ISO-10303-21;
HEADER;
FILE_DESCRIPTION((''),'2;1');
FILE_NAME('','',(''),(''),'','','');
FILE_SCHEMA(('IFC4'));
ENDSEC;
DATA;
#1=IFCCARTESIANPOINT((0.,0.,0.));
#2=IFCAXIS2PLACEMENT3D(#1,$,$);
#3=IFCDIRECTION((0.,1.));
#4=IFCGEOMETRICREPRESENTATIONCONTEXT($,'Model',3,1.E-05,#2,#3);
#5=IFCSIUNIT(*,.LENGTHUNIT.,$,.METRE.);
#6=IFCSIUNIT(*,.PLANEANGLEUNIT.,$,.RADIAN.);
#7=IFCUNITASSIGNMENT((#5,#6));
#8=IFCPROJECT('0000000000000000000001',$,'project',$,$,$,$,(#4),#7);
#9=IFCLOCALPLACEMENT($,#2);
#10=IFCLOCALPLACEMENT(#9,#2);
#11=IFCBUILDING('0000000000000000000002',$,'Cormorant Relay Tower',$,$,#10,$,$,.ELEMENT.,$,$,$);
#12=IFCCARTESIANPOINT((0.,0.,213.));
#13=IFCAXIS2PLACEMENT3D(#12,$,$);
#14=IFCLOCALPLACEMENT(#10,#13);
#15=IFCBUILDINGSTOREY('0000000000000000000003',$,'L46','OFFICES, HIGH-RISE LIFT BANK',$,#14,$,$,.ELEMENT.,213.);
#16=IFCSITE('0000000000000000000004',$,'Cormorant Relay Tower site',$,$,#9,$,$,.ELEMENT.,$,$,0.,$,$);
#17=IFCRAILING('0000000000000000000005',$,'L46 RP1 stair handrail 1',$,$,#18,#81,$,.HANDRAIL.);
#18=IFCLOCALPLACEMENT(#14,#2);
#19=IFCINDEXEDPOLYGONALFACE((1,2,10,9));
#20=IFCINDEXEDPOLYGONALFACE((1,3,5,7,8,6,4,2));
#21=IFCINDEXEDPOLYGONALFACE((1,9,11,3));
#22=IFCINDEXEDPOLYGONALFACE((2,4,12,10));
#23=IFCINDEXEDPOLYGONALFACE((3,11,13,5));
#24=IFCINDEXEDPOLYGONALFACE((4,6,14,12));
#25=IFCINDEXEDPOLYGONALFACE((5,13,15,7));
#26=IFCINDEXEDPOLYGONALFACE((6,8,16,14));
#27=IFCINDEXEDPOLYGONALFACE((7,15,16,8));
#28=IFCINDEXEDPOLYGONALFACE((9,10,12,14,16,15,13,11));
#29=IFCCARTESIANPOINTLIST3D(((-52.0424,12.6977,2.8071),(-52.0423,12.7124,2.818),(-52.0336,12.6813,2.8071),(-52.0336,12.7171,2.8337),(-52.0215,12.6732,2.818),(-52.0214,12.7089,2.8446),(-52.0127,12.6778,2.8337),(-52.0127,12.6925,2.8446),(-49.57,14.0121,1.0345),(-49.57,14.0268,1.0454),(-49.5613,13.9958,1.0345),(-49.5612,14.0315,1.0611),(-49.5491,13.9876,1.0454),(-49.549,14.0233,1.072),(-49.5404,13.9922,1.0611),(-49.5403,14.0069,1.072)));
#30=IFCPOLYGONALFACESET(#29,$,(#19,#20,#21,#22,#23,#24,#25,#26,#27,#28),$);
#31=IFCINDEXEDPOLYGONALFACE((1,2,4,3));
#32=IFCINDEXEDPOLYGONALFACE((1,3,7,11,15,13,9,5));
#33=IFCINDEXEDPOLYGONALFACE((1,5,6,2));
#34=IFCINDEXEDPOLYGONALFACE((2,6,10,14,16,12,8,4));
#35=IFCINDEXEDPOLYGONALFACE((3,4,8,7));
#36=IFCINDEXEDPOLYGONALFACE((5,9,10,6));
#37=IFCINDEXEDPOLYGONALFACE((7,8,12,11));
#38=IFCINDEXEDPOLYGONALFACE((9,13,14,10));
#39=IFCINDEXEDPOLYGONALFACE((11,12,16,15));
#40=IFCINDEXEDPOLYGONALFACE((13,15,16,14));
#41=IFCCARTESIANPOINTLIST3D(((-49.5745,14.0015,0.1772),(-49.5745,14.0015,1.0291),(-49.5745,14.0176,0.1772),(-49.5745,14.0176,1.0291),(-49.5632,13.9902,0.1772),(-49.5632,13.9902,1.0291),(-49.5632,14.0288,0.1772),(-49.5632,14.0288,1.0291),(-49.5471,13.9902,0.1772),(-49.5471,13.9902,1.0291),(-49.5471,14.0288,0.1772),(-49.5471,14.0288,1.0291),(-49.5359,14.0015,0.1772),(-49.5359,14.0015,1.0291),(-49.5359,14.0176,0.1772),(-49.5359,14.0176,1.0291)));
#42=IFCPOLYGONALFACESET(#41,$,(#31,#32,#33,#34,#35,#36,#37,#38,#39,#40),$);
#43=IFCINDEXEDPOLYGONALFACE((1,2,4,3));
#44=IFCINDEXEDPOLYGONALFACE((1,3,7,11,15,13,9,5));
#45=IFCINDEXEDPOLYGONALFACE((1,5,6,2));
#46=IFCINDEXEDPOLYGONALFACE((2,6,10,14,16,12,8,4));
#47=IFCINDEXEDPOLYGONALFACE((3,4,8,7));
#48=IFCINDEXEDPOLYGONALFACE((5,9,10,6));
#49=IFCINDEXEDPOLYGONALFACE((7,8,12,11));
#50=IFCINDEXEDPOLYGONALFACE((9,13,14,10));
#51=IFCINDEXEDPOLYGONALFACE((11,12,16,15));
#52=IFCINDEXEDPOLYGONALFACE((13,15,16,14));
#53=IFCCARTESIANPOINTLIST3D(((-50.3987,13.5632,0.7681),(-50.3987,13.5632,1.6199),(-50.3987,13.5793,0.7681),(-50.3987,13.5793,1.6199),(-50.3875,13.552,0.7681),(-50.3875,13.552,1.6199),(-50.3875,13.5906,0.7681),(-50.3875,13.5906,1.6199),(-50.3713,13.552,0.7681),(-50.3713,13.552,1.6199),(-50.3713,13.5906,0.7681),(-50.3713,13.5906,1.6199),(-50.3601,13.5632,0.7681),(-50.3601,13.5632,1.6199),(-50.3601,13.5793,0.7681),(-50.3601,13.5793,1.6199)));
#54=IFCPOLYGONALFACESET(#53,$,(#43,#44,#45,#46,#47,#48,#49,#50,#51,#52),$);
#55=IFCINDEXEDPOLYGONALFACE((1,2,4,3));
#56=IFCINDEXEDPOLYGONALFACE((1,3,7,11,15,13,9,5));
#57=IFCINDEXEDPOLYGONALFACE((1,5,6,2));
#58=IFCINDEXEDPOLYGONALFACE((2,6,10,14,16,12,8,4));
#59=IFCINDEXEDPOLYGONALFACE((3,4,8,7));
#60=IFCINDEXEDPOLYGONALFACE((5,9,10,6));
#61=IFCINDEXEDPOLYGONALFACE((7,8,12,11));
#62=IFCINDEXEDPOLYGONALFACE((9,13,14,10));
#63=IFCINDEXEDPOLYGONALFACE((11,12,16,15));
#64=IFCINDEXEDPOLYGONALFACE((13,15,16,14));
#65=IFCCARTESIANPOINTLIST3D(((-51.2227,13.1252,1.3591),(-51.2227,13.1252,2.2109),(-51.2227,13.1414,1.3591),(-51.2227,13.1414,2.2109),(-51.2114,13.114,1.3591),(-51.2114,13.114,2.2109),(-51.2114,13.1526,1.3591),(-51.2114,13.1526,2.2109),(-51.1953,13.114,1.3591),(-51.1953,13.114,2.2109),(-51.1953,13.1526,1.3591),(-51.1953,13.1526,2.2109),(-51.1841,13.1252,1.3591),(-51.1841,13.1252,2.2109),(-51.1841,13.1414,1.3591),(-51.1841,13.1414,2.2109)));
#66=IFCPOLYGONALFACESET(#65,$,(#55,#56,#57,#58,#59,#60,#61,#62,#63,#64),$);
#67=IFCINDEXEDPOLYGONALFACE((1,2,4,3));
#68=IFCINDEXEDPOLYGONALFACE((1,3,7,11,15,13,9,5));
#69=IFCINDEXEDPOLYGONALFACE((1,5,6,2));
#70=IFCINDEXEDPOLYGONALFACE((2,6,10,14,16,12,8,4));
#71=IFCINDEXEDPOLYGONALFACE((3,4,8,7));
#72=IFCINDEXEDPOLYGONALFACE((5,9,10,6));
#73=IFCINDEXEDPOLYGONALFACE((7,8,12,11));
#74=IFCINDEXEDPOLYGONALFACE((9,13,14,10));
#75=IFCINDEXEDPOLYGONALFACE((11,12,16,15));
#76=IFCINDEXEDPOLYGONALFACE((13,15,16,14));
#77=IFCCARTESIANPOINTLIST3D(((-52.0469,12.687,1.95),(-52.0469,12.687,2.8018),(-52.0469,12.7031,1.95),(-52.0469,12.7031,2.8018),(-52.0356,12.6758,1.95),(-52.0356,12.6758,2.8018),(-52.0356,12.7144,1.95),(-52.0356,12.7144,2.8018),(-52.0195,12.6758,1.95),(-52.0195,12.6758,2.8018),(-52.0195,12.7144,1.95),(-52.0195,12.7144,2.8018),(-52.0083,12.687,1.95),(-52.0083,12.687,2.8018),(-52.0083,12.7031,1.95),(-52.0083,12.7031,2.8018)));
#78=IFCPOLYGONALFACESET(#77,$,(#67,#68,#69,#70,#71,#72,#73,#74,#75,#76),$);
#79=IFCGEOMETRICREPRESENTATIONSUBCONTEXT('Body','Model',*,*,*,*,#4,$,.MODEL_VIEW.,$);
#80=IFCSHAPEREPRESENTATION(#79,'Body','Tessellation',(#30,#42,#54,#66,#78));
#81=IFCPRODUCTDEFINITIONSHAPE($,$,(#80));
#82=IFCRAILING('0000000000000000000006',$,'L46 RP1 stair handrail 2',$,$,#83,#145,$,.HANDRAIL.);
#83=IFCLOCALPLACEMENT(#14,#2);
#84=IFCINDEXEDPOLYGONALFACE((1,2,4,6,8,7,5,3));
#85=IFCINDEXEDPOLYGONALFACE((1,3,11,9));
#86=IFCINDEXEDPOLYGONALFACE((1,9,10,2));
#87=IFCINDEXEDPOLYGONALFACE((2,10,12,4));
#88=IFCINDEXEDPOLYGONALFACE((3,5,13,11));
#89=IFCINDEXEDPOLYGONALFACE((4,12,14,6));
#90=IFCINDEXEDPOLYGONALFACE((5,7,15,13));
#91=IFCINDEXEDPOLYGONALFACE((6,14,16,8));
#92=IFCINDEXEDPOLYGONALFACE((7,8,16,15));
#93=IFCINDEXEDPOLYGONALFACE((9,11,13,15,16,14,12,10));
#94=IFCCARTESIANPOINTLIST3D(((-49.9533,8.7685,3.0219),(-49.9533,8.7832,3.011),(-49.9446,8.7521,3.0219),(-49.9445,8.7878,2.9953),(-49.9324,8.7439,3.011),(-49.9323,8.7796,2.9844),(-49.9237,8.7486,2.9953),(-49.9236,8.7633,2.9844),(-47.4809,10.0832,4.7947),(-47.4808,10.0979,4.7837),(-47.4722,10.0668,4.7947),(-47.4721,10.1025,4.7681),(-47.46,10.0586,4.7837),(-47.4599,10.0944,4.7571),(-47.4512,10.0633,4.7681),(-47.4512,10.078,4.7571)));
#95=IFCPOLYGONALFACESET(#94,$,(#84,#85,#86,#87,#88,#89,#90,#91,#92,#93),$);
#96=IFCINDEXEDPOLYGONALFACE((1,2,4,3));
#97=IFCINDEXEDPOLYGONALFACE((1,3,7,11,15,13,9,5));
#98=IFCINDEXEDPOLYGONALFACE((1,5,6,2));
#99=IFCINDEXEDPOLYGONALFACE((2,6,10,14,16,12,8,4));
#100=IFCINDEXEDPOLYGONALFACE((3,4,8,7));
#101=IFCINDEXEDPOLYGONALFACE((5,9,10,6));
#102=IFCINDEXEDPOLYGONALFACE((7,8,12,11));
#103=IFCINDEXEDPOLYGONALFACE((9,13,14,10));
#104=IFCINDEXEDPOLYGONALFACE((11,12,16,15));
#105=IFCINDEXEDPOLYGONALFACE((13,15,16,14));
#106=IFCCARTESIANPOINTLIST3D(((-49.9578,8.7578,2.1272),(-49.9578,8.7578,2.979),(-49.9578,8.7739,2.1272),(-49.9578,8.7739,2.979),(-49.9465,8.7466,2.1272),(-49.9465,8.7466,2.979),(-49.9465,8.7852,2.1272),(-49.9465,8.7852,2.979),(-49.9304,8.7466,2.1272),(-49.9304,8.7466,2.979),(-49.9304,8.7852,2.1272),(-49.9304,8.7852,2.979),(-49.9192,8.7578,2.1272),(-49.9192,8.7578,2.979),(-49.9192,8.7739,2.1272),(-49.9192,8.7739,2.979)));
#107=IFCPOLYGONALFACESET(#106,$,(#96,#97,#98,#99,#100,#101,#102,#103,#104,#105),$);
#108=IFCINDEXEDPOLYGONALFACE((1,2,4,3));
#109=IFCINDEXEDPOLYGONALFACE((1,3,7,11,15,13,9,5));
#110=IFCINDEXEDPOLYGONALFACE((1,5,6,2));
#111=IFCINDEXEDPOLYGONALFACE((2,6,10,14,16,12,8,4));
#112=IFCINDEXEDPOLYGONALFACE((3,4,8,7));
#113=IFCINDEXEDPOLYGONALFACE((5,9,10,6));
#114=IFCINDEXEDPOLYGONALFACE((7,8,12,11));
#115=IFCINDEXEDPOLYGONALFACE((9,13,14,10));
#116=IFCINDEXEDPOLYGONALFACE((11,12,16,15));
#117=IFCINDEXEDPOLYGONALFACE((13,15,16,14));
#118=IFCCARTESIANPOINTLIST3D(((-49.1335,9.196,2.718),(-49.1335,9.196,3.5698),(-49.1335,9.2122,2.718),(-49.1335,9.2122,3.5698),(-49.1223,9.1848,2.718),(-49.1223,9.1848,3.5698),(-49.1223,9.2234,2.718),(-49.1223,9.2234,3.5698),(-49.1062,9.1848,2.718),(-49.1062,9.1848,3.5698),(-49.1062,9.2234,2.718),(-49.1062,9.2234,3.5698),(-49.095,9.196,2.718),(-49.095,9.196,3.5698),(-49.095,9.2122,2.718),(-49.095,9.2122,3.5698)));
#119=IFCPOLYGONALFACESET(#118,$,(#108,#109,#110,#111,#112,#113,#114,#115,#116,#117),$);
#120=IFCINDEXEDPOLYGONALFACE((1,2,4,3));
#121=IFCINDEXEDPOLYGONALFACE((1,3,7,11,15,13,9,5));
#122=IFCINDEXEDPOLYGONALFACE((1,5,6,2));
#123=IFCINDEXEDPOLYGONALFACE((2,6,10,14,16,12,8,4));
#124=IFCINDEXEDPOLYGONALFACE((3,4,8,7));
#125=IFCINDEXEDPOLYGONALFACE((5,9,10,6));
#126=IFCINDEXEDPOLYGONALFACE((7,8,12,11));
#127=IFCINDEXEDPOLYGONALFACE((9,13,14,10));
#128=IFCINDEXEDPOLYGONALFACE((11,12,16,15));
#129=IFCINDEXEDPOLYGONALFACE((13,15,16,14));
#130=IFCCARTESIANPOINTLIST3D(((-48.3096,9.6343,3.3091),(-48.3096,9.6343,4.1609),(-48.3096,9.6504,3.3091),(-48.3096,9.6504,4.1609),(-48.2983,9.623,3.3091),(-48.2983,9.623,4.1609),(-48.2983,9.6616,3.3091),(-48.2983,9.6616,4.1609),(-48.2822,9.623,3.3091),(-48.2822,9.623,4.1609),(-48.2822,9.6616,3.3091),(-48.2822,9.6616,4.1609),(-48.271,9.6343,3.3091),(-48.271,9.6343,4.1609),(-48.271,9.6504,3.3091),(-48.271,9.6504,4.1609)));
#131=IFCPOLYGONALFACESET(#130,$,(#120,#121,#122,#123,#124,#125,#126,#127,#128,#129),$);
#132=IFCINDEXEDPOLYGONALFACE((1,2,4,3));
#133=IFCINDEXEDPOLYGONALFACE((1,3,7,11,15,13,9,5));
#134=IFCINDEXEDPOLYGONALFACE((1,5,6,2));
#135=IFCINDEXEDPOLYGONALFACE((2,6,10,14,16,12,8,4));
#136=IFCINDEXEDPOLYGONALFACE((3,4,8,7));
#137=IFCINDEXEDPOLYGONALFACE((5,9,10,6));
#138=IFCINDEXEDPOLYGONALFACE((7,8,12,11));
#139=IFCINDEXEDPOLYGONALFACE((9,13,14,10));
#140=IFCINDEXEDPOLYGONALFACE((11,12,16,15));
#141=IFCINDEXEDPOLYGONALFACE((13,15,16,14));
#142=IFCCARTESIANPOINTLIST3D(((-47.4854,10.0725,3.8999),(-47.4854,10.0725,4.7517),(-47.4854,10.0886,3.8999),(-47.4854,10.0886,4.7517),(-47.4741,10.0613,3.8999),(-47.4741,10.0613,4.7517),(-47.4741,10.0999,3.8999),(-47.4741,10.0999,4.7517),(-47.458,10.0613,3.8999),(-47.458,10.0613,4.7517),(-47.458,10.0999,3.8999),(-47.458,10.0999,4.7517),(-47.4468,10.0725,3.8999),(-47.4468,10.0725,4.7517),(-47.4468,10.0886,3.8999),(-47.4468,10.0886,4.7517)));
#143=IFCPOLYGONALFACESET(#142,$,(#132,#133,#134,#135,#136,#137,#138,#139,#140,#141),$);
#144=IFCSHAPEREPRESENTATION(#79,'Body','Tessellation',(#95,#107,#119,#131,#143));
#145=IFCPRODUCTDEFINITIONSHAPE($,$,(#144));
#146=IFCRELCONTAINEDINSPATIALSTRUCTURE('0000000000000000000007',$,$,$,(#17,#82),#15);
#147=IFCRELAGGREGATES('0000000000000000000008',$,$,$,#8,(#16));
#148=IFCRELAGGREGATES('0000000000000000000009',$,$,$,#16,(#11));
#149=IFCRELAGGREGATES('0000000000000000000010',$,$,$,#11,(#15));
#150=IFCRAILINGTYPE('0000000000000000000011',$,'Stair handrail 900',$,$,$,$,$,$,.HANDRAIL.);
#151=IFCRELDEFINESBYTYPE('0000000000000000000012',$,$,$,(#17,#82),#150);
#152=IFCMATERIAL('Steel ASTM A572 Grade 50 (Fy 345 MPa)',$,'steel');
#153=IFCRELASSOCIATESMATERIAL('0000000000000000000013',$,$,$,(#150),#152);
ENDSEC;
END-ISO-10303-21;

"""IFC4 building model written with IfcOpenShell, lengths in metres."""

from ifc_helpers import new_model, si_unit, direction, frame, origin, place, context, subcontext, project, spatial, polyline, outline, extrude, material, type_object, element, save


model = new_model("IFC4")

# Units and contexts
model_context = context("Model", 3, precision=1e-05, world=origin(), true_north=direction((0.0, 1.0)))
body_context = subcontext(model_context, "Body", "Model", "MODEL_VIEW")
ifc_project = project(units=[si_unit("LENGTHUNIT", "METRE"), si_unit("PLANEANGLEUNIT", "RADIAN")], contexts=[model_context])

# Site, building, storey
site_placement = place(None, origin())
site = spatial("IfcSite", under=ifc_project, at=site_placement, Name="Cormorant Relay Tower site", CompositionType="ELEMENT", RefElevation=0.0)
building_placement = place(site_placement, origin())
building = spatial("IfcBuilding", under=site, at=building_placement, Name="Cormorant Relay Tower", CompositionType="ELEMENT")
storey_placement = place(building_placement, frame((0.0, 0.0, 213.0)))
storey = spatial("IfcBuildingStorey", under=building, at=storey_placement, Name="L46", Description="OFFICES, HIGH-RISE LIFT BANK", CompositionType="ELEMENT", Elevation=213.0)

# Railings
ifc_material_1 = material(Name="Steel ASTM A572 Grade 50 (Fy 345 MPa)", Category="steel")
railing_type_1 = type_object("IfcRailingType", Name="Stair handrail 900", PredefinedType="HANDRAIL", material=ifc_material_1)
railing_1_placement = place(storey_placement, frame((-49.5552, 14.0095, 0.1772)))
element("IfcRailing", 1, at=railing_1_placement, inside=storey, type_object=railing_type_1, Name="L46 RP1 stair handrail 1", PredefinedType="HANDRAIL", context=body_context, shape_type="SweptSolid", body=[
    extrude(outline(polyline([(0.0222, 0.0093), (0.0093, 0.0222), (-0.0093, 0.0222), (-0.0222, 0.0093), (-0.0222, -0.0093), (-0.0093, -0.0222), (0.0093, -0.0222), (0.0222, -0.0093), (0.0222, 0.0093)])), frame((0.0, 0.0, 0.876), z_axis=(-0.746034, -0.396627, 0.534902), x_axis=(0.469429, -0.88297, 0.0)), (0.0, 0.0, 1.0), 3.314),
    extrude(outline(polyline([(0.0193, 0.0081), (0.0081, 0.0193), (-0.0081, 0.0193), (-0.0193, 0.0081), (-0.0193, -0.0081), (-0.0081, -0.0193), (0.0081, -0.0193), (0.0193, -0.0081), (0.0193, 0.0081)])), origin(), (0.0, 0.0, 1.0), 0.8518),
    extrude(outline(polyline([(0.0193, 0.0081), (0.0081, 0.0193), (-0.0081, 0.0193), (-0.0193, 0.0081), (-0.0193, -0.0081), (-0.0081, -0.0193), (0.0081, -0.0193), (0.0193, -0.0081), (0.0193, 0.0081)])), frame((-0.8242, -0.4382, 0.5908)), (0.0, 0.0, 1.0), 0.8518),
    extrude(outline(polyline([(0.0193, 0.0081), (0.0081, 0.0193), (-0.0081, 0.0193), (-0.0193, 0.0081), (-0.0193, -0.0081), (-0.0081, -0.0193), (0.0081, -0.0193), (0.0193, -0.0081), (0.0193, 0.0081)])), frame((-1.6482, -0.8762, 1.1819)), (0.0, 0.0, 1.0), 0.8518),
    extrude(outline(polyline([(0.0193, 0.0081), (0.0081, 0.0193), (-0.0081, 0.0193), (-0.0193, 0.0081), (-0.0193, -0.0081), (-0.0081, -0.0193), (0.0081, -0.0193), (0.0193, -0.0081), (0.0193, 0.0081)])), frame((-2.4724, -1.3145, 1.7727)), (0.0, 0.0, 1.0), 0.8518),
])
railing_2_placement = place(storey_placement, frame((-49.9385, 8.7659, 2.1272)))
element("IfcRailing", 2, at=railing_2_placement, inside=storey, type_object=railing_type_1, Name="L46 RP1 stair handrail 2", PredefinedType="HANDRAIL", context=body_context, shape_type="SweptSolid", body=[
    extrude(outline(polyline([(0.0222, 0.0093), (0.0093, 0.0222), (-0.0093, 0.0222), (-0.0222, 0.0093), (-0.0222, -0.0093), (-0.0093, -0.0222), (0.0093, -0.0222), (0.0222, -0.0093), (0.0222, 0.0093)])), frame((0.0, 0.0, 0.876), z_axis=(0.746012, 0.39669, 0.534886), x_axis=(-0.469497, 0.882934, 0.0)), (0.0, 0.0, 1.0), 3.3142),
    extrude(outline(polyline([(0.0193, 0.0081), (0.0081, 0.0193), (-0.0081, 0.0193), (-0.0193, 0.0081), (-0.0193, -0.0081), (-0.0081, -0.0193), (0.0081, -0.0193), (0.0193, -0.0081), (0.0193, 0.0081)])), origin(), (0.0, 0.0, 1.0), 0.8518),
    extrude(outline(polyline([(0.0193, 0.0081), (0.0081, 0.0193), (-0.0081, 0.0193), (-0.0193, 0.0081), (-0.0193, -0.0081), (-0.0081, -0.0193), (0.0081, -0.0193), (0.0193, -0.0081), (0.0193, 0.0081)])), frame((0.8242, 0.4382, 0.5908)), (0.0, 0.0, 1.0), 0.8518),
    extrude(outline(polyline([(0.0193, 0.0081), (0.0081, 0.0193), (-0.0081, 0.0193), (-0.0193, 0.0081), (-0.0193, -0.0081), (-0.0081, -0.0193), (0.0081, -0.0193), (0.0193, -0.0081), (0.0193, 0.0081)])), frame((1.6482, 0.8765, 1.1819)), (0.0, 0.0, 1.0), 0.8518),
    extrude(outline(polyline([(0.0193, 0.0081), (0.0081, 0.0193), (-0.0081, 0.0193), (-0.0193, 0.0081), (-0.0193, -0.0081), (-0.0081, -0.0193), (0.0081, -0.0193), (0.0193, -0.0081), (0.0193, 0.0081)])), frame((2.4724, 1.3147, 1.7727)), (0.0, 0.0, 1.0), 0.8518),
])

save(model, "model.ifc")
